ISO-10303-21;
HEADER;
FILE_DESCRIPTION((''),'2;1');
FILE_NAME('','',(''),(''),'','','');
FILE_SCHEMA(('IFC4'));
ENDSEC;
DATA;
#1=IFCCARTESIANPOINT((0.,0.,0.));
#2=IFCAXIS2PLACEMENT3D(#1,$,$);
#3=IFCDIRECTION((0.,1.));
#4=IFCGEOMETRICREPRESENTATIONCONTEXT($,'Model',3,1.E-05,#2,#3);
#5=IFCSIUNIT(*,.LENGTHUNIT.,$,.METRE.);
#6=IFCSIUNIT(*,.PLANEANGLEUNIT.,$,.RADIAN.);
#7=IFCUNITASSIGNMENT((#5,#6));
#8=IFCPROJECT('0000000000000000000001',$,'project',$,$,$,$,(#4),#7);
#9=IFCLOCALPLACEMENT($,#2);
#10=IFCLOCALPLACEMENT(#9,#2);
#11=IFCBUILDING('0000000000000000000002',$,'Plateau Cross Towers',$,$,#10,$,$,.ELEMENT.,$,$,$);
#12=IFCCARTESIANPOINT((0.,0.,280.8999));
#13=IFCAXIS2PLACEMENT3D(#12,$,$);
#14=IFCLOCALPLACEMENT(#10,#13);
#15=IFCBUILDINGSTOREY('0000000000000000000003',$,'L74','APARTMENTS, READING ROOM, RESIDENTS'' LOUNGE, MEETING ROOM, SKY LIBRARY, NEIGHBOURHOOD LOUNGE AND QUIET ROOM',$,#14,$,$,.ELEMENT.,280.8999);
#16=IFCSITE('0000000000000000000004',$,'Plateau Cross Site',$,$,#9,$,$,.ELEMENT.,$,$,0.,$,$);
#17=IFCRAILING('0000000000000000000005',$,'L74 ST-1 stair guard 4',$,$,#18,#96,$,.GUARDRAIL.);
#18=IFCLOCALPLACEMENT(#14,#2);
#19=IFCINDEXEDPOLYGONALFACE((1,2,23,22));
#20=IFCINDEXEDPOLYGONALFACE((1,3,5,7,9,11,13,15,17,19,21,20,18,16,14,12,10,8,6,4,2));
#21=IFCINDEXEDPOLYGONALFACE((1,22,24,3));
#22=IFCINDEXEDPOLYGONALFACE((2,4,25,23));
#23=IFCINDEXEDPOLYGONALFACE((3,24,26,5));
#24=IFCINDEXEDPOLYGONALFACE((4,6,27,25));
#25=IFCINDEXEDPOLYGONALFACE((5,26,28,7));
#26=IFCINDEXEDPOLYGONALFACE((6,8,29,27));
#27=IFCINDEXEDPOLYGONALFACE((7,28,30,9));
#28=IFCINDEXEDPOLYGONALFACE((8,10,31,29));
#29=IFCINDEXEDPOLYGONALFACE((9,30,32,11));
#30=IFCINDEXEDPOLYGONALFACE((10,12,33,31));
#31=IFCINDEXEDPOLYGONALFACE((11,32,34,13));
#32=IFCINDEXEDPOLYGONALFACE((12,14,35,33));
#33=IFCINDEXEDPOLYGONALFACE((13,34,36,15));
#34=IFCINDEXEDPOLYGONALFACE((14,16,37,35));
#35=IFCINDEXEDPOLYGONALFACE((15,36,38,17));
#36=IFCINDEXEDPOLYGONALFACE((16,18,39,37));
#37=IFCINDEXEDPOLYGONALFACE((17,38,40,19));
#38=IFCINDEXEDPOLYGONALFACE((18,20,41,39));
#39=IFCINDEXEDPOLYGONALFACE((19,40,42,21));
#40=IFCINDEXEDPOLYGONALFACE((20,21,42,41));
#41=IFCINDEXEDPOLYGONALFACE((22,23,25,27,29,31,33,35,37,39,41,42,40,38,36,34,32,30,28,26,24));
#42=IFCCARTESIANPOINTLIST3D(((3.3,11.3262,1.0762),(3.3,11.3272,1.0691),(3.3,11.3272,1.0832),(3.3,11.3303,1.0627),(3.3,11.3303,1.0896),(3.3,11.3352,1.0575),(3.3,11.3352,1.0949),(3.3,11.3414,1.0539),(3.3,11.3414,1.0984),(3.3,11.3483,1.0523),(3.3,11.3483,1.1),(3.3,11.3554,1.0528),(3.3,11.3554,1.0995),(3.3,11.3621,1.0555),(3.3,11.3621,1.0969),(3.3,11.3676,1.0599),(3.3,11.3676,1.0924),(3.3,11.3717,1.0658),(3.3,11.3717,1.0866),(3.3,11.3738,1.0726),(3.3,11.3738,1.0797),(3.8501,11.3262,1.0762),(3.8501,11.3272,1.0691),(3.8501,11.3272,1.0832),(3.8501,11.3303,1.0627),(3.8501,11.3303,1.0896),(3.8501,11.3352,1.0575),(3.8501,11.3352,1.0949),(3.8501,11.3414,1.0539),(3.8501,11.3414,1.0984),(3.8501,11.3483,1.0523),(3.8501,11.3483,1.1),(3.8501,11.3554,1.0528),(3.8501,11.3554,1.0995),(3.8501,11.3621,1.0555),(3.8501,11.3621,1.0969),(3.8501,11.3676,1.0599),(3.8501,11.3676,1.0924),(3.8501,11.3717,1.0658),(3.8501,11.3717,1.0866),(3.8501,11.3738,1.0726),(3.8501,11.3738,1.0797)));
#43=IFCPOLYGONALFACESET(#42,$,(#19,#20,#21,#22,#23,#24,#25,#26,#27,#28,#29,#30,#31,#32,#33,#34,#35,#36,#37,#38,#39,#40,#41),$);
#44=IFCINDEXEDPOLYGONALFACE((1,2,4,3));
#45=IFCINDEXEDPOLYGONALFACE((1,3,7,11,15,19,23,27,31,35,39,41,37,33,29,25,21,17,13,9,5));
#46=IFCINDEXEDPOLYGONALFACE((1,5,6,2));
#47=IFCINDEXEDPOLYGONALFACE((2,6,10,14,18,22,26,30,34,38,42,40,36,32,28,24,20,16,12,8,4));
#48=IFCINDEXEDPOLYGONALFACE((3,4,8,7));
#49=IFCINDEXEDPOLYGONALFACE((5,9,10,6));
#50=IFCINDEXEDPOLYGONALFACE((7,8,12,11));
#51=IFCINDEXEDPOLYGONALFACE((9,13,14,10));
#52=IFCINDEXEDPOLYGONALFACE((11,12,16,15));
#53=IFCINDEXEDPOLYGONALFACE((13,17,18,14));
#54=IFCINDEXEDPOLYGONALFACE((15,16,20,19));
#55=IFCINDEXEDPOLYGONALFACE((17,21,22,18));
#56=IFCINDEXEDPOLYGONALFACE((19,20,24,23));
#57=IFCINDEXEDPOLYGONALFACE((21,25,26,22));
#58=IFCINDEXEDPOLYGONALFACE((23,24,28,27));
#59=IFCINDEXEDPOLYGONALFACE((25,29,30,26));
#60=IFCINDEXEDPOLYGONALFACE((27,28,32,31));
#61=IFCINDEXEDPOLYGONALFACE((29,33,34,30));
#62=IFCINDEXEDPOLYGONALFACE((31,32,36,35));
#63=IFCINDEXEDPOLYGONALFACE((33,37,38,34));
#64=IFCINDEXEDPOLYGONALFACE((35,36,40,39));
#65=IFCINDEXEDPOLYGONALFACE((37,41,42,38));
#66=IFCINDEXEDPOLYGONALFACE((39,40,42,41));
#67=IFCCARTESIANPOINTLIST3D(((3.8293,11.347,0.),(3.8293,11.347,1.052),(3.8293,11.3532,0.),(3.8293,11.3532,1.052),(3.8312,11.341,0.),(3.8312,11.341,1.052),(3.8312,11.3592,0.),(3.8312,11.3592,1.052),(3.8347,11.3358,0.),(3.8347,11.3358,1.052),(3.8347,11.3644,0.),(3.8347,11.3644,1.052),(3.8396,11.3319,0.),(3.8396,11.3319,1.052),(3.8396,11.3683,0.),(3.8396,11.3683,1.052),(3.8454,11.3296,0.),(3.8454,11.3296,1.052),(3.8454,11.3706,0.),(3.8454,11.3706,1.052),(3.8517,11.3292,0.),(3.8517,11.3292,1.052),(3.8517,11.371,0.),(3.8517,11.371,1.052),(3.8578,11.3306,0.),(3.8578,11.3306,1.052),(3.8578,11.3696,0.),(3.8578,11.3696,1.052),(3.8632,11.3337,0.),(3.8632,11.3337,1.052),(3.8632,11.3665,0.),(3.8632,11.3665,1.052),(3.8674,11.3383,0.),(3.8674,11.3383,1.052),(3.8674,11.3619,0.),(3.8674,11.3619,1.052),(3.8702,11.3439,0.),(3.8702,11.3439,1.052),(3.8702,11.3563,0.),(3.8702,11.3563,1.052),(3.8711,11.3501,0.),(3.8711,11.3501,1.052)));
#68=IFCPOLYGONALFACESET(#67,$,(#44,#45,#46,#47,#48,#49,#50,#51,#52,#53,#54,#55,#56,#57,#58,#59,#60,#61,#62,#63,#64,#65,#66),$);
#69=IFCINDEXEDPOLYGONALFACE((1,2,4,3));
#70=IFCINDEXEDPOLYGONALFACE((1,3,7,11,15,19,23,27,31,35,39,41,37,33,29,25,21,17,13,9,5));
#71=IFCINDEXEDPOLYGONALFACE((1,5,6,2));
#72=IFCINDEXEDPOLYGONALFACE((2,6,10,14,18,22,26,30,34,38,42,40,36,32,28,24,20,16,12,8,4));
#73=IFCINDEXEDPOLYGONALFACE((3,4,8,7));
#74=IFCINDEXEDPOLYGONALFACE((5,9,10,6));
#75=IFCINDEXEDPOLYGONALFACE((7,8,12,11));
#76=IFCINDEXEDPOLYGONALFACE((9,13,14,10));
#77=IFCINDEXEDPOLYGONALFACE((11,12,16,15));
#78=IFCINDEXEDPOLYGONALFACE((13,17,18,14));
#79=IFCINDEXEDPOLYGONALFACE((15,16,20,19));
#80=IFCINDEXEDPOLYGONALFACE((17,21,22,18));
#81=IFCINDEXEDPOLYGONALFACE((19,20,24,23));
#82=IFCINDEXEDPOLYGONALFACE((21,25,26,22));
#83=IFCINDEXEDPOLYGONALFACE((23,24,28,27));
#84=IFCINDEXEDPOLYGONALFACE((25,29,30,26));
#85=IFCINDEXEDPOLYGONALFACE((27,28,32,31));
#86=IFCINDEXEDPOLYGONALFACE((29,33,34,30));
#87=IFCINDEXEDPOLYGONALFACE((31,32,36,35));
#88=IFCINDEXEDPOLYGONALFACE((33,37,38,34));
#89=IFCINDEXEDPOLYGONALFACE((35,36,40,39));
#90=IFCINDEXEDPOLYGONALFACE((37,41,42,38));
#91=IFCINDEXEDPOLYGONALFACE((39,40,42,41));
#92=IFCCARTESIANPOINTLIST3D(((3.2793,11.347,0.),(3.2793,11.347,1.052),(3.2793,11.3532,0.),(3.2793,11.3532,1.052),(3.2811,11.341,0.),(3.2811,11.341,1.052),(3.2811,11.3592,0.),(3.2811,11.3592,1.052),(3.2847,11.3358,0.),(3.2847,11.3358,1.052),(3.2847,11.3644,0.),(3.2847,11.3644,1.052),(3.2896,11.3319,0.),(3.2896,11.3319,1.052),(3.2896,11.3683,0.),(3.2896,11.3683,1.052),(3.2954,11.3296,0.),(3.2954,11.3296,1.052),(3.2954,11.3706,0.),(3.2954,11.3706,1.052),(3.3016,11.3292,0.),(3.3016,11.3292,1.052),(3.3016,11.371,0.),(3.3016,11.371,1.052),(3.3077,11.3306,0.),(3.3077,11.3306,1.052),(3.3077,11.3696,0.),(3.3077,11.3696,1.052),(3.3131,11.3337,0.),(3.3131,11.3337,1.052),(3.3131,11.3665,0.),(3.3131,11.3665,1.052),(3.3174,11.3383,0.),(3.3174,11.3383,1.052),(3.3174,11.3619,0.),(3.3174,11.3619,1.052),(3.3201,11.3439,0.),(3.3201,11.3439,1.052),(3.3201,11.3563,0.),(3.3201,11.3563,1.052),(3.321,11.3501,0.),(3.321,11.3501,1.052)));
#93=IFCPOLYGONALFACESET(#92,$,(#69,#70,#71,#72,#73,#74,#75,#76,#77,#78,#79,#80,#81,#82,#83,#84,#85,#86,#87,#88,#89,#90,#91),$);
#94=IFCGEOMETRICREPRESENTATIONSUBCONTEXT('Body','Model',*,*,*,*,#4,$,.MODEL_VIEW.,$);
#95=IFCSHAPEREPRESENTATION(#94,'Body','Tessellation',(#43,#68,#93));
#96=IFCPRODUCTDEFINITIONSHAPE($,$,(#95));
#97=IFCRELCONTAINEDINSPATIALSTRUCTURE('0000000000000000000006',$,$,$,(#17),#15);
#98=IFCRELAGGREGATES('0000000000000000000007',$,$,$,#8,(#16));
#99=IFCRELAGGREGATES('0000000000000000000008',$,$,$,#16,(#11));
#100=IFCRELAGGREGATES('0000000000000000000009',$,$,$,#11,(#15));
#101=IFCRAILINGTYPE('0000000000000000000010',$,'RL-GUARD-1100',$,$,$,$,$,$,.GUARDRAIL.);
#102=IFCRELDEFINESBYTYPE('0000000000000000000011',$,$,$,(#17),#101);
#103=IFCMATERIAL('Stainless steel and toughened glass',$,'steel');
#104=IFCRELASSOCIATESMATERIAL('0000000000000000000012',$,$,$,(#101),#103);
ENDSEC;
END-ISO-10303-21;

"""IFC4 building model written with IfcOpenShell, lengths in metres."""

from ifc_helpers import new_model, si_unit, direction, frame, origin, origin_2d, place, context, subcontext, project, spatial, circle, extrude, material, type_object, element, save


model = new_model("IFC4")

# Units and contexts
model_context = context("Model", 3, precision=1e-05, world=origin(), true_north=direction((0.0, 1.0)))
body_context = subcontext(model_context, "Body", "Model", "MODEL_VIEW")
ifc_project = project(units=[si_unit("LENGTHUNIT", "METRE"), si_unit("PLANEANGLEUNIT", "RADIAN")], contexts=[model_context])

# Site, building, storey
site_placement = place(None, origin())
site = spatial("IfcSite", under=ifc_project, at=site_placement, Name="Plateau Cross Site", CompositionType="ELEMENT", RefElevation=0.0)
building_placement = place(site_placement, origin())
building = spatial("IfcBuilding", under=site, at=building_placement, Name="Plateau Cross Towers", CompositionType="ELEMENT")
storey_placement = place(building_placement, frame((0.0, 0.0, 280.8999)))
storey = spatial("IfcBuildingStorey", under=building, at=storey_placement, Name="L74", Description="APARTMENTS, READING ROOM, RESIDENTS' LOUNGE, MEETING ROOM, SKY LIBRARY, NEIGHBOURHOOD LOUNGE AND QUIET ROOM", CompositionType="ELEMENT", Elevation=280.8999)

# Railing
ifc_material_1 = material(Name="Stainless steel and toughened glass", Category="steel")
railing_type_1 = type_object("IfcRailingType", Name="RL-GUARD-1100", PredefinedType="GUARDRAIL", material=ifc_material_1)
railing_1_placement = place(storey_placement, frame((3.8501, 11.3501, 0.0)))
element("IfcRailing", 1, at=railing_1_placement, inside=storey, type_object=railing_type_1, Name="L74 ST-1 stair guard 4", PredefinedType="GUARDRAIL", context=body_context, shape_type="SweptSolid", body=[
    extrude(circle(Radius=0.0239, at=origin_2d()), frame((0.0, 0.0, 1.0762), z_axis=(-1.0, 0.0, 0.0), x_axis=(0.0, -1.0, 0.0)), (0.0, 0.0, 1.0), 0.55),
    extrude(circle(Radius=0.021, at=origin_2d()), origin(), (0.0, 0.0, 1.0), 1.052),
    extrude(circle(Radius=0.021, at=origin_2d()), frame((-0.55, 0.0, 0.0)), (0.0, 0.0, 1.0), 1.052),
])

save(model, "model.ifc")
